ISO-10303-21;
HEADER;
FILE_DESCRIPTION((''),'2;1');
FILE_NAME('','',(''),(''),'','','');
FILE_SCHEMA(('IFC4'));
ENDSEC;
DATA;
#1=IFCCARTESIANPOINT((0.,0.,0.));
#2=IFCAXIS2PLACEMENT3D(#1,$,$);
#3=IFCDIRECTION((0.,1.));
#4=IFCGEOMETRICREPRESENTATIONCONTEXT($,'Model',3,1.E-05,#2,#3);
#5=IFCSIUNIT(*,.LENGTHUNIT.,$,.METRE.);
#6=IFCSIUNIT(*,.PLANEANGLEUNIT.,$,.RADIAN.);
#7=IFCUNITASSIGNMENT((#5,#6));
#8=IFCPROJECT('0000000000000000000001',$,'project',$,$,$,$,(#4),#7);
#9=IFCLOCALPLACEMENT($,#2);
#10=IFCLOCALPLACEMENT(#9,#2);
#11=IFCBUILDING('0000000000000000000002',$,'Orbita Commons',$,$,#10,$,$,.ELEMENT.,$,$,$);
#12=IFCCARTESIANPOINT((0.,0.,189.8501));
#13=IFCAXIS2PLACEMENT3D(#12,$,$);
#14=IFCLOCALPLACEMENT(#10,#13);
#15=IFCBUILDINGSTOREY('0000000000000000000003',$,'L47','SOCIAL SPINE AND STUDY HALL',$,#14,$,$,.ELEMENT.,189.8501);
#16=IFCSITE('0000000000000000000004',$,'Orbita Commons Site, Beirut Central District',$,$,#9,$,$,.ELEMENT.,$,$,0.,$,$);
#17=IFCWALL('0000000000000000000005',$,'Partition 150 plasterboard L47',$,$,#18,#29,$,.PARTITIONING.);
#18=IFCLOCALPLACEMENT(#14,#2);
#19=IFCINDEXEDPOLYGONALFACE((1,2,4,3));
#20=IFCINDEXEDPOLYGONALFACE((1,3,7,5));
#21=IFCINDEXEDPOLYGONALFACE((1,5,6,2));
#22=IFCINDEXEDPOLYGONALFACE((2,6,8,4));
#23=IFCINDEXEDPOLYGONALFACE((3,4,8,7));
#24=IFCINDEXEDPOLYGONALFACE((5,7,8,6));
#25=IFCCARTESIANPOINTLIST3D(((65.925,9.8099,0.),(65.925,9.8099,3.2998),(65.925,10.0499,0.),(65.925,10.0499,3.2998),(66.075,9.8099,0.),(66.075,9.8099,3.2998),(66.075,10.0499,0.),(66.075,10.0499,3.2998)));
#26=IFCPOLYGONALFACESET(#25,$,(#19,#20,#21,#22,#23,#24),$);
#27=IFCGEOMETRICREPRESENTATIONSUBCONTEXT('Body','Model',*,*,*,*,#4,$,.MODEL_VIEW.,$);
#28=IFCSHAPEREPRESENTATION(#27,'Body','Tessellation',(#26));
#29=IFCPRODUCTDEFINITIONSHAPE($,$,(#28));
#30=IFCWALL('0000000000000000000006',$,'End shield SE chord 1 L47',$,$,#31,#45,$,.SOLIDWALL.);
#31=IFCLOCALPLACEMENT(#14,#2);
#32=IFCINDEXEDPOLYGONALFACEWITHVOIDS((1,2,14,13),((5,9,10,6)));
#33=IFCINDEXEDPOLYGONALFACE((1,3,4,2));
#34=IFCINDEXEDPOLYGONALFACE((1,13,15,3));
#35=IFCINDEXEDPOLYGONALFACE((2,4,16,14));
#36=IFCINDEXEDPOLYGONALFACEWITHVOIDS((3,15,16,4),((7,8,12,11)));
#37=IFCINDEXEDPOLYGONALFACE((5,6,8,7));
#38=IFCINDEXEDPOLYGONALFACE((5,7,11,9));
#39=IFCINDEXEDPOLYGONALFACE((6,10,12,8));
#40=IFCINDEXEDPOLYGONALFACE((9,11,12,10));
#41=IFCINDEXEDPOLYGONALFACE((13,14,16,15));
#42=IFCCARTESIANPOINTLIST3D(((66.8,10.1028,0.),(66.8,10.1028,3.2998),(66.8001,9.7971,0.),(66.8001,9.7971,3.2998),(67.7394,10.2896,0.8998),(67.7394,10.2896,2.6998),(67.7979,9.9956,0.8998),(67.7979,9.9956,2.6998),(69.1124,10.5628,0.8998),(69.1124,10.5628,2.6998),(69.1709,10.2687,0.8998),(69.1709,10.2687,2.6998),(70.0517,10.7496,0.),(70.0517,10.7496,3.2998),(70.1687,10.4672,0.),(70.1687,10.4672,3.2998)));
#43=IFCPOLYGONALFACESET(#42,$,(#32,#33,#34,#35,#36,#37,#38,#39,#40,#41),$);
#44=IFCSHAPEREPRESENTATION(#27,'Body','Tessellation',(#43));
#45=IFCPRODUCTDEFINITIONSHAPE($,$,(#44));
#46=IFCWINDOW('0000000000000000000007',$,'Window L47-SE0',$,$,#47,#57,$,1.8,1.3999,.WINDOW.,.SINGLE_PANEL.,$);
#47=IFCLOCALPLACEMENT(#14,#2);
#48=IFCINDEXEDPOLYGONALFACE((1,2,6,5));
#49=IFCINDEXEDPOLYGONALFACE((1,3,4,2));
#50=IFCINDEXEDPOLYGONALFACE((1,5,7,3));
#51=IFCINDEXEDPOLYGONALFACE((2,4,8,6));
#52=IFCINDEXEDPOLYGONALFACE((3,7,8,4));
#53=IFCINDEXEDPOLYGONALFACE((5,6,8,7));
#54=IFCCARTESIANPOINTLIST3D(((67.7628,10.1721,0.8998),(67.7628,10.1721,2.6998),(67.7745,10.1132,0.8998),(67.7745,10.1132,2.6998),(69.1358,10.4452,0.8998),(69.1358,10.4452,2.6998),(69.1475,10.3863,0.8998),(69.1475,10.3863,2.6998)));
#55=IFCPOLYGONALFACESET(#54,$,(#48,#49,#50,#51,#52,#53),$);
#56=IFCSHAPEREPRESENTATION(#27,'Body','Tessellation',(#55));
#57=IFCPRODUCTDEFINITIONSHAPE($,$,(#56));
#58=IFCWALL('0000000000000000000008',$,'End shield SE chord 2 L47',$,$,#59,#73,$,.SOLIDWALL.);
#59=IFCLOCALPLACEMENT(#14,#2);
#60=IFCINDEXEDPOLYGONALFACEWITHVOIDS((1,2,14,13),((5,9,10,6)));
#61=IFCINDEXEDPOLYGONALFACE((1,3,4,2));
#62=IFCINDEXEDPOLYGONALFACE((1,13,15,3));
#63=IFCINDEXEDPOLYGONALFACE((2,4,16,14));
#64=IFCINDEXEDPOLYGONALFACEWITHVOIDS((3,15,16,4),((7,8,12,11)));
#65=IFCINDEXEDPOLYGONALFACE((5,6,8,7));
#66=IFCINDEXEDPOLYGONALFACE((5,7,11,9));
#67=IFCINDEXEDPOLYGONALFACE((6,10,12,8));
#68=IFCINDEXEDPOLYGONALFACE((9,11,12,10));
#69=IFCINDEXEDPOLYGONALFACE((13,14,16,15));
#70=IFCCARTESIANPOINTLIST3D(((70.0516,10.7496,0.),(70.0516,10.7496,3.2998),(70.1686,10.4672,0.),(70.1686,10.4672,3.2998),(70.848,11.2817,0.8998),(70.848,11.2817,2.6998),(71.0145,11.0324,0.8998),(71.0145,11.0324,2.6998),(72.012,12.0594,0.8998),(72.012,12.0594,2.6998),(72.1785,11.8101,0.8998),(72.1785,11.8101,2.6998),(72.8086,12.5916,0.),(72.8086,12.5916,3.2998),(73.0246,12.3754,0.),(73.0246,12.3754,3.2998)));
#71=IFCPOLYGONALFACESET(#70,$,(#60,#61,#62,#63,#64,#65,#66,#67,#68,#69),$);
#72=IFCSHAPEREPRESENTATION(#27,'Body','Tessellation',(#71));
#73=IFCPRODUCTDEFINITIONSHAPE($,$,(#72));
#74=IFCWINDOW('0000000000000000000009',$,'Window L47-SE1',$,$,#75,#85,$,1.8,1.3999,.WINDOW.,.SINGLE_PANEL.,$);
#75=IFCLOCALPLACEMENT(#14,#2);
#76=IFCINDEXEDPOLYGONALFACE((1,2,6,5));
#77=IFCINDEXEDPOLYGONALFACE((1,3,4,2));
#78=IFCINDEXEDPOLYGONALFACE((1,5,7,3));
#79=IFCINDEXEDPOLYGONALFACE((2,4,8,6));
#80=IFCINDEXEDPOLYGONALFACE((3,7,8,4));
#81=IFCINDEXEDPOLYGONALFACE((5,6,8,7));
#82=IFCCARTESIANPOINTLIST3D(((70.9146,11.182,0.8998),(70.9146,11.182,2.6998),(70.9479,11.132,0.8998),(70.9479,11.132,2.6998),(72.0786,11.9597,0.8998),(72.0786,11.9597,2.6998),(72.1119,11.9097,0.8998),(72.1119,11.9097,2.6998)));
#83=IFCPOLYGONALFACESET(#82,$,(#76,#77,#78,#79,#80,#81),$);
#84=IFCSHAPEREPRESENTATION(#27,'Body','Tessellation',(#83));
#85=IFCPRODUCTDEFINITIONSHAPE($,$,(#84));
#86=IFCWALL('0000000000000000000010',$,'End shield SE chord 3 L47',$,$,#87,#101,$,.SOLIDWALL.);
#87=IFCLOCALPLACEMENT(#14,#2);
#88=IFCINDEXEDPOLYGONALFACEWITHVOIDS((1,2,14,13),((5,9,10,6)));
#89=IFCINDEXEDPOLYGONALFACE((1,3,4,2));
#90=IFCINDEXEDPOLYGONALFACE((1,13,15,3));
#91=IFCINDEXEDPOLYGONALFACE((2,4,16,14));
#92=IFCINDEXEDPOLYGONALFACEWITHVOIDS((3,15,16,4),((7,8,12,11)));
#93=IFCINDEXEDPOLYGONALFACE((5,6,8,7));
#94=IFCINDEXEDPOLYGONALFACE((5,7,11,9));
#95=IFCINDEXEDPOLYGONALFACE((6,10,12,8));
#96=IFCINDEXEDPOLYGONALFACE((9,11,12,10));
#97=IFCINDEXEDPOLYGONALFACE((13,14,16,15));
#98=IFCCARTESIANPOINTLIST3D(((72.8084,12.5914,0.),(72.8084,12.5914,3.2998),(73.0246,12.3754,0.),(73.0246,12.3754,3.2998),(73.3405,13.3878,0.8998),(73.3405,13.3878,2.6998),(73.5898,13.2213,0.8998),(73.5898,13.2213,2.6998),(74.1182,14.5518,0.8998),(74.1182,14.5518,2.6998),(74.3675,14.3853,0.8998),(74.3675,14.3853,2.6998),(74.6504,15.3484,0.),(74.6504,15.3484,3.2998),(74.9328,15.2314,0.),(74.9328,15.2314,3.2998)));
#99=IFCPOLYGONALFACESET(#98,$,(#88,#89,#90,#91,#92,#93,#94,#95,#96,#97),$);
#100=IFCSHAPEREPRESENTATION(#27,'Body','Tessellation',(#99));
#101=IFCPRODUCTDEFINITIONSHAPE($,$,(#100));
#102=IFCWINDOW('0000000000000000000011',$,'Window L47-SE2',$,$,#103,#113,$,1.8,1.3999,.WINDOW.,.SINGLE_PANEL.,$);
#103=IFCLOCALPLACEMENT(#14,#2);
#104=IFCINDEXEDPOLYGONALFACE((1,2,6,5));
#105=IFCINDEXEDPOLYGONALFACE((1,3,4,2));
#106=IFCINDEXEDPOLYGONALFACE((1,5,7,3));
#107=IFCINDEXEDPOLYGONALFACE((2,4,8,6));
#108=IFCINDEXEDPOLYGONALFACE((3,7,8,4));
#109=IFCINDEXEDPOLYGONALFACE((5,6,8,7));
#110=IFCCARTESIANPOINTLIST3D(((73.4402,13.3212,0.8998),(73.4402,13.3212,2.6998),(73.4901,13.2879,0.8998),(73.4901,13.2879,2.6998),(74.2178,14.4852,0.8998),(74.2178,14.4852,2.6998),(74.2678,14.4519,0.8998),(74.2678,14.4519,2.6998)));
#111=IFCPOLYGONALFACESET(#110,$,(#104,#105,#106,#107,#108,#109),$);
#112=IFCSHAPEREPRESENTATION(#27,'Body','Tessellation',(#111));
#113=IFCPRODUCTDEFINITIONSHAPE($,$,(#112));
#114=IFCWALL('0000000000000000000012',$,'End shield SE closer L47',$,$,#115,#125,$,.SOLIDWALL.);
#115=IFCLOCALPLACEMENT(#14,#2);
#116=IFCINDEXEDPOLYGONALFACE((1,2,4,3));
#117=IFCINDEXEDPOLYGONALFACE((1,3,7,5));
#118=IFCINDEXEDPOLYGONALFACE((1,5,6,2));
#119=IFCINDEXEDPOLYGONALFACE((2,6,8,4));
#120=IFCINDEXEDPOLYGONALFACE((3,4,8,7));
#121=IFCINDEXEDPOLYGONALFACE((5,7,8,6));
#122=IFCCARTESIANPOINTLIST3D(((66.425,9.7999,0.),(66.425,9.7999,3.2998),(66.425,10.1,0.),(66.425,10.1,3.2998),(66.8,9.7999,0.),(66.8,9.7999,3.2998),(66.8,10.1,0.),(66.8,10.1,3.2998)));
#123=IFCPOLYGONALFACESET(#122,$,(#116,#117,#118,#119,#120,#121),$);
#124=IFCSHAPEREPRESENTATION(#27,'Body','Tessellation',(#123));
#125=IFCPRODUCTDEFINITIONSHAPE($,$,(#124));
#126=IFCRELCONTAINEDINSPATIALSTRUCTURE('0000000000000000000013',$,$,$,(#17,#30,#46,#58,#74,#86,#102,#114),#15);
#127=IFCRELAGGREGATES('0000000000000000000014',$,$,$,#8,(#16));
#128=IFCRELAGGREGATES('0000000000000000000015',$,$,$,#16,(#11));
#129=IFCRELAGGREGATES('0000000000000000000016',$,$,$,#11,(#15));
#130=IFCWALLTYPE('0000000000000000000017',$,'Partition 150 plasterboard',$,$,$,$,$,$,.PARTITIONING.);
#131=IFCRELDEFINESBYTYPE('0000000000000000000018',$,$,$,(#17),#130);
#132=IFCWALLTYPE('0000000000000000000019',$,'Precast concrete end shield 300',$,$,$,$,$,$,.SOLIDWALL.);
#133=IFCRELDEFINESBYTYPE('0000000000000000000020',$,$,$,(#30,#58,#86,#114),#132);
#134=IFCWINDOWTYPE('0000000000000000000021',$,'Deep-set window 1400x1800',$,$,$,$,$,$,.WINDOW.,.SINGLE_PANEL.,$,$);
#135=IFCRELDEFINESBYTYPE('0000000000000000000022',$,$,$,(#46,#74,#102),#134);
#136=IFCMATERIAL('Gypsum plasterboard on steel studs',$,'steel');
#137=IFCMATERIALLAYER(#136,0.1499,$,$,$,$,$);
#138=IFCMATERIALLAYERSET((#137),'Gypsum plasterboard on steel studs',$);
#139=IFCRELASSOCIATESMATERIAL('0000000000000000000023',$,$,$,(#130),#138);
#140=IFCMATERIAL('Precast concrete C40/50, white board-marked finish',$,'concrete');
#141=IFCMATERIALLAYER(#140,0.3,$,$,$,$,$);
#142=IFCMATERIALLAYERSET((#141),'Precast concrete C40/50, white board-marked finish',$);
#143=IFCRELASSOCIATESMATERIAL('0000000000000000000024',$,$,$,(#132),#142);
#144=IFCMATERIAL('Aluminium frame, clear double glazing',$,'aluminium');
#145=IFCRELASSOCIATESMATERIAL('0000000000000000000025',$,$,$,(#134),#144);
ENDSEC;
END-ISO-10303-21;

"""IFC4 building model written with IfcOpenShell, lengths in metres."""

from ifc_helpers import new_model, si_unit, direction, frame, frame_2d, origin, place, context, subcontext, project, spatial, polyline, rectangle, outline, extrude, material, layer, layer_set, type_object, element, fill, save


model = new_model("IFC4")

# Units and contexts
model_context = context("Model", 3, precision=1e-05, world=origin(), true_north=direction((0.0, 1.0)))
body_context = subcontext(model_context, "Body", "Model", "MODEL_VIEW")
ifc_project = project(units=[si_unit("LENGTHUNIT", "METRE"), si_unit("PLANEANGLEUNIT", "RADIAN")], contexts=[model_context])

# Site, building, storey
site_placement = place(None, origin())
site = spatial("IfcSite", under=ifc_project, at=site_placement, Name="Orbita Commons Site, Beirut Central District", CompositionType="ELEMENT", RefElevation=0.0)
building_placement = place(site_placement, origin())
building = spatial("IfcBuilding", under=site, at=building_placement, Name="Orbita Commons", CompositionType="ELEMENT")
storey_placement = place(building_placement, frame((0.0, 0.0, 189.8501)))
storey = spatial("IfcBuildingStorey", under=building, at=storey_placement, Name="L47", Description="SOCIAL SPINE AND STUDY HALL", CompositionType="ELEMENT", Elevation=189.8501)

# Wall
ifc_material_1 = material(Name="Gypsum plasterboard on steel studs", Category="steel")
ifc_layer_1 = layer(ifc_material_1, 0.1499)
ifc_layer_set_1 = layer_set([ifc_layer_1], Name="Gypsum plasterboard on steel studs")
wall_type_1 = type_object("IfcWallType", Name="Partition 150 plasterboard", PredefinedType="PARTITIONING", material=ifc_layer_set_1)
for number, where, z_axis, x_axis, name in (
    (1, (66.0, 10.05, 0.0), (0.0, 0.0, 1.0), (0.0, -1.0, 0.0), "Partition 150 plasterboard L47"),
):
    element("IfcWall", number, at=place(storey_placement, frame(where, z_axis=z_axis, x_axis=x_axis)), inside=storey, type_object=wall_type_1, Name=name, PredefinedType="PARTITIONING", context=body_context, shape_type="SweptSolid", body=[
        extrude(rectangle(XDim=0.24, YDim=0.1499, at=frame_2d((0.1201, 0.0))), origin(), (0.0, 0.0, 1.0), 3.2998),
    ])

# Walls, openings, windows
ifc_material_2 = material(Name="Precast concrete C40/50, white board-marked finish", Category="concrete")
ifc_layer_2 = layer(ifc_material_2, 0.3)
ifc_layer_set_2 = layer_set([ifc_layer_2], Name="Precast concrete C40/50, white board-marked finish")
wall_type_2 = type_object("IfcWallType", Name="Precast concrete end shield 300", PredefinedType="SOLIDWALL", material=ifc_layer_set_2)
wall_1_placement = place(storey_placement, frame((66.8, 9.95, 0.0), z_axis=(0.0, 0.0, 1.0), x_axis=(0.980783, 0.1951, 0.0)))
wall_1 = element("IfcWall", 2, at=wall_1_placement, inside=storey, type_object=wall_type_2, Name="End shield SE chord 1 L47", PredefinedType="SOLIDWALL", context=body_context, shape_type="SweptSolid", body=[
    extrude(outline(polyline([(-0.0298, -0.1499), (3.4048, -0.1499), (3.3452, 0.1499), (0.0298, 0.1499), (-0.0298, -0.1499)])), origin(), (0.0, 0.0, 1.0), 3.2998),
])
opening_1_placement = place(wall_1_placement, frame((0.9875, 0.0, 0.8999)))
opening_1 = element("IfcOpeningElement", 3, at=opening_1_placement, cuts=wall_1, PredefinedType="OPENING", context=body_context, shape_type="SweptSolid", body=[
    extrude(rectangle(XDim=1.3999, YDim=1.8, at=frame_2d((0.7, 0.8999))), frame((0.0, 0.1599, 0.0), z_axis=(0.0, -1.0, 0.0), x_axis=(1.0, 0.0, 0.0)), (0.0, 0.0, 1.0), 0.3201),
])
ifc_material_3 = material(Name="Aluminium frame, clear double glazing", Category="aluminium")
window_type = type_object("IfcWindowType", Name="Deep-set window 1400x1800", PartitioningType="SINGLE_PANEL", PredefinedType="WINDOW", material=ifc_material_3)
window_1_placement = place(opening_1_placement, origin())
window_1 = element("IfcWindow", 4, at=window_1_placement, inside=storey, type_object=window_type, Name="Window L47-SE0", OverallHeight=1.8, OverallWidth=1.3999, PartitioningType="SINGLE_PANEL", PredefinedType="WINDOW", context=body_context, shape_type="SweptSolid", body=[
    extrude(rectangle(XDim=1.3999, YDim=1.8, at=frame_2d((0.7, 0.8999))), frame((0.0, 0.03, 0.0), z_axis=(0.0, -1.0, 0.0), x_axis=(1.0, 0.0, 0.0)), (0.0, 0.0, 1.0), 0.0601),
])
fill(opening_1, window_1)
wall_2_placement = place(storey_placement, frame((70.1101, 10.6084, 0.0), z_axis=(0.0, 0.0, 1.0), x_axis=(0.831493, 0.555535, 0.0)))
wall_2 = element("IfcWall", 5, at=wall_2_placement, inside=storey, type_object=wall_type_2, Name="End shield SE chord 2 L47", PredefinedType="SOLIDWALL", context=body_context, shape_type="SweptSolid", body=[
    extrude(outline(polyline([(-0.0298, -0.1499), (3.405, -0.1499), (3.3455, 0.1499), (0.0298, 0.1499), (-0.0298, -0.1499)])), origin(), (0.0, 0.0, 1.0), 3.2998),
])
opening_2_placement = place(wall_2_placement, frame((0.9875, 0.0, 0.8999)))
opening_2 = element("IfcOpeningElement", 6, at=opening_2_placement, cuts=wall_2, PredefinedType="OPENING", context=body_context, shape_type="SweptSolid", body=[
    extrude(rectangle(XDim=1.3999, YDim=1.8, at=frame_2d((0.7, 0.8999))), frame((0.0, 0.1599, 0.0), z_axis=(0.0, -1.0, 0.0), x_axis=(1.0, 0.0, 0.0)), (0.0, 0.0, 1.0), 0.3201),
])
window_2_placement = place(opening_2_placement, origin())
window_2 = element("IfcWindow", 7, at=window_2_placement, inside=storey, type_object=window_type, Name="Window L47-SE1", OverallHeight=1.8, OverallWidth=1.3999, PartitioningType="SINGLE_PANEL", PredefinedType="WINDOW", context=body_context, shape_type="SweptSolid", body=[
    extrude(rectangle(XDim=1.3999, YDim=1.8, at=frame_2d((0.7, 0.8999))), frame((0.0, 0.03, 0.0), z_axis=(0.0, -1.0, 0.0), x_axis=(1.0, 0.0, 0.0)), (0.0, 0.0, 1.0), 0.0601),
])
fill(opening_2, window_2)
wall_3_placement = place(storey_placement, frame((72.9165, 12.4834, 0.0), z_axis=(0.0, 0.0, 1.0), x_axis=(0.555535, 0.831493, 0.0)))
wall_3 = element("IfcWall", 8, at=wall_3_placement, inside=storey, type_object=wall_type_2, Name="End shield SE chord 3 L47", PredefinedType="SOLIDWALL", context=body_context, shape_type="SweptSolid", body=[
    extrude(outline(polyline([(-0.0298, -0.1499), (3.405, -0.1499), (3.3455, 0.1499), (0.0298, 0.1499), (-0.0298, -0.1499)])), origin(), (0.0, 0.0, 1.0), 3.2998),
])
opening_3_placement = place(wall_3_placement, frame((0.9875, 0.0, 0.8999)))
opening_3 = element("IfcOpeningElement", 9, at=opening_3_placement, cuts=wall_3, PredefinedType="OPENING", context=body_context, shape_type="SweptSolid", body=[
    extrude(rectangle(XDim=1.3999, YDim=1.8, at=frame_2d((0.7, 0.8999))), frame((0.0, 0.1599, 0.0), z_axis=(0.0, -1.0, 0.0), x_axis=(1.0, 0.0, 0.0)), (0.0, 0.0, 1.0), 0.3201),
])
window_3_placement = place(opening_3_placement, origin())
window_3 = element("IfcWindow", 10, at=window_3_placement, inside=storey, type_object=window_type, Name="Window L47-SE2", OverallHeight=1.8, OverallWidth=1.3999, PartitioningType="SINGLE_PANEL", PredefinedType="WINDOW", context=body_context, shape_type="SweptSolid", body=[
    extrude(rectangle(XDim=1.3999, YDim=1.8, at=frame_2d((0.7, 0.8999))), frame((0.0, 0.03, 0.0), z_axis=(0.0, -1.0, 0.0), x_axis=(1.0, 0.0, 0.0)), (0.0, 0.0, 1.0), 0.0601),
])
fill(opening_3, window_3)

# Wall
wall_4_placement = place(storey_placement, frame((66.8, 9.95, 0.0), z_axis=(0.0, 0.0, 1.0), x_axis=(-1.0, 0.0, 0.0)))
element("IfcWall", 11, at=wall_4_placement, inside=storey, type_object=wall_type_2, Name="End shield SE closer L47", PredefinedType="SOLIDWALL", context=body_context, shape_type="SweptSolid", body=[
    extrude(rectangle(XDim=0.375, YDim=0.3, at=frame_2d((0.1875, 0.0))), origin(), (0.0, 0.0, 1.0), 3.2998),
])

save(model, "model.ifc")
